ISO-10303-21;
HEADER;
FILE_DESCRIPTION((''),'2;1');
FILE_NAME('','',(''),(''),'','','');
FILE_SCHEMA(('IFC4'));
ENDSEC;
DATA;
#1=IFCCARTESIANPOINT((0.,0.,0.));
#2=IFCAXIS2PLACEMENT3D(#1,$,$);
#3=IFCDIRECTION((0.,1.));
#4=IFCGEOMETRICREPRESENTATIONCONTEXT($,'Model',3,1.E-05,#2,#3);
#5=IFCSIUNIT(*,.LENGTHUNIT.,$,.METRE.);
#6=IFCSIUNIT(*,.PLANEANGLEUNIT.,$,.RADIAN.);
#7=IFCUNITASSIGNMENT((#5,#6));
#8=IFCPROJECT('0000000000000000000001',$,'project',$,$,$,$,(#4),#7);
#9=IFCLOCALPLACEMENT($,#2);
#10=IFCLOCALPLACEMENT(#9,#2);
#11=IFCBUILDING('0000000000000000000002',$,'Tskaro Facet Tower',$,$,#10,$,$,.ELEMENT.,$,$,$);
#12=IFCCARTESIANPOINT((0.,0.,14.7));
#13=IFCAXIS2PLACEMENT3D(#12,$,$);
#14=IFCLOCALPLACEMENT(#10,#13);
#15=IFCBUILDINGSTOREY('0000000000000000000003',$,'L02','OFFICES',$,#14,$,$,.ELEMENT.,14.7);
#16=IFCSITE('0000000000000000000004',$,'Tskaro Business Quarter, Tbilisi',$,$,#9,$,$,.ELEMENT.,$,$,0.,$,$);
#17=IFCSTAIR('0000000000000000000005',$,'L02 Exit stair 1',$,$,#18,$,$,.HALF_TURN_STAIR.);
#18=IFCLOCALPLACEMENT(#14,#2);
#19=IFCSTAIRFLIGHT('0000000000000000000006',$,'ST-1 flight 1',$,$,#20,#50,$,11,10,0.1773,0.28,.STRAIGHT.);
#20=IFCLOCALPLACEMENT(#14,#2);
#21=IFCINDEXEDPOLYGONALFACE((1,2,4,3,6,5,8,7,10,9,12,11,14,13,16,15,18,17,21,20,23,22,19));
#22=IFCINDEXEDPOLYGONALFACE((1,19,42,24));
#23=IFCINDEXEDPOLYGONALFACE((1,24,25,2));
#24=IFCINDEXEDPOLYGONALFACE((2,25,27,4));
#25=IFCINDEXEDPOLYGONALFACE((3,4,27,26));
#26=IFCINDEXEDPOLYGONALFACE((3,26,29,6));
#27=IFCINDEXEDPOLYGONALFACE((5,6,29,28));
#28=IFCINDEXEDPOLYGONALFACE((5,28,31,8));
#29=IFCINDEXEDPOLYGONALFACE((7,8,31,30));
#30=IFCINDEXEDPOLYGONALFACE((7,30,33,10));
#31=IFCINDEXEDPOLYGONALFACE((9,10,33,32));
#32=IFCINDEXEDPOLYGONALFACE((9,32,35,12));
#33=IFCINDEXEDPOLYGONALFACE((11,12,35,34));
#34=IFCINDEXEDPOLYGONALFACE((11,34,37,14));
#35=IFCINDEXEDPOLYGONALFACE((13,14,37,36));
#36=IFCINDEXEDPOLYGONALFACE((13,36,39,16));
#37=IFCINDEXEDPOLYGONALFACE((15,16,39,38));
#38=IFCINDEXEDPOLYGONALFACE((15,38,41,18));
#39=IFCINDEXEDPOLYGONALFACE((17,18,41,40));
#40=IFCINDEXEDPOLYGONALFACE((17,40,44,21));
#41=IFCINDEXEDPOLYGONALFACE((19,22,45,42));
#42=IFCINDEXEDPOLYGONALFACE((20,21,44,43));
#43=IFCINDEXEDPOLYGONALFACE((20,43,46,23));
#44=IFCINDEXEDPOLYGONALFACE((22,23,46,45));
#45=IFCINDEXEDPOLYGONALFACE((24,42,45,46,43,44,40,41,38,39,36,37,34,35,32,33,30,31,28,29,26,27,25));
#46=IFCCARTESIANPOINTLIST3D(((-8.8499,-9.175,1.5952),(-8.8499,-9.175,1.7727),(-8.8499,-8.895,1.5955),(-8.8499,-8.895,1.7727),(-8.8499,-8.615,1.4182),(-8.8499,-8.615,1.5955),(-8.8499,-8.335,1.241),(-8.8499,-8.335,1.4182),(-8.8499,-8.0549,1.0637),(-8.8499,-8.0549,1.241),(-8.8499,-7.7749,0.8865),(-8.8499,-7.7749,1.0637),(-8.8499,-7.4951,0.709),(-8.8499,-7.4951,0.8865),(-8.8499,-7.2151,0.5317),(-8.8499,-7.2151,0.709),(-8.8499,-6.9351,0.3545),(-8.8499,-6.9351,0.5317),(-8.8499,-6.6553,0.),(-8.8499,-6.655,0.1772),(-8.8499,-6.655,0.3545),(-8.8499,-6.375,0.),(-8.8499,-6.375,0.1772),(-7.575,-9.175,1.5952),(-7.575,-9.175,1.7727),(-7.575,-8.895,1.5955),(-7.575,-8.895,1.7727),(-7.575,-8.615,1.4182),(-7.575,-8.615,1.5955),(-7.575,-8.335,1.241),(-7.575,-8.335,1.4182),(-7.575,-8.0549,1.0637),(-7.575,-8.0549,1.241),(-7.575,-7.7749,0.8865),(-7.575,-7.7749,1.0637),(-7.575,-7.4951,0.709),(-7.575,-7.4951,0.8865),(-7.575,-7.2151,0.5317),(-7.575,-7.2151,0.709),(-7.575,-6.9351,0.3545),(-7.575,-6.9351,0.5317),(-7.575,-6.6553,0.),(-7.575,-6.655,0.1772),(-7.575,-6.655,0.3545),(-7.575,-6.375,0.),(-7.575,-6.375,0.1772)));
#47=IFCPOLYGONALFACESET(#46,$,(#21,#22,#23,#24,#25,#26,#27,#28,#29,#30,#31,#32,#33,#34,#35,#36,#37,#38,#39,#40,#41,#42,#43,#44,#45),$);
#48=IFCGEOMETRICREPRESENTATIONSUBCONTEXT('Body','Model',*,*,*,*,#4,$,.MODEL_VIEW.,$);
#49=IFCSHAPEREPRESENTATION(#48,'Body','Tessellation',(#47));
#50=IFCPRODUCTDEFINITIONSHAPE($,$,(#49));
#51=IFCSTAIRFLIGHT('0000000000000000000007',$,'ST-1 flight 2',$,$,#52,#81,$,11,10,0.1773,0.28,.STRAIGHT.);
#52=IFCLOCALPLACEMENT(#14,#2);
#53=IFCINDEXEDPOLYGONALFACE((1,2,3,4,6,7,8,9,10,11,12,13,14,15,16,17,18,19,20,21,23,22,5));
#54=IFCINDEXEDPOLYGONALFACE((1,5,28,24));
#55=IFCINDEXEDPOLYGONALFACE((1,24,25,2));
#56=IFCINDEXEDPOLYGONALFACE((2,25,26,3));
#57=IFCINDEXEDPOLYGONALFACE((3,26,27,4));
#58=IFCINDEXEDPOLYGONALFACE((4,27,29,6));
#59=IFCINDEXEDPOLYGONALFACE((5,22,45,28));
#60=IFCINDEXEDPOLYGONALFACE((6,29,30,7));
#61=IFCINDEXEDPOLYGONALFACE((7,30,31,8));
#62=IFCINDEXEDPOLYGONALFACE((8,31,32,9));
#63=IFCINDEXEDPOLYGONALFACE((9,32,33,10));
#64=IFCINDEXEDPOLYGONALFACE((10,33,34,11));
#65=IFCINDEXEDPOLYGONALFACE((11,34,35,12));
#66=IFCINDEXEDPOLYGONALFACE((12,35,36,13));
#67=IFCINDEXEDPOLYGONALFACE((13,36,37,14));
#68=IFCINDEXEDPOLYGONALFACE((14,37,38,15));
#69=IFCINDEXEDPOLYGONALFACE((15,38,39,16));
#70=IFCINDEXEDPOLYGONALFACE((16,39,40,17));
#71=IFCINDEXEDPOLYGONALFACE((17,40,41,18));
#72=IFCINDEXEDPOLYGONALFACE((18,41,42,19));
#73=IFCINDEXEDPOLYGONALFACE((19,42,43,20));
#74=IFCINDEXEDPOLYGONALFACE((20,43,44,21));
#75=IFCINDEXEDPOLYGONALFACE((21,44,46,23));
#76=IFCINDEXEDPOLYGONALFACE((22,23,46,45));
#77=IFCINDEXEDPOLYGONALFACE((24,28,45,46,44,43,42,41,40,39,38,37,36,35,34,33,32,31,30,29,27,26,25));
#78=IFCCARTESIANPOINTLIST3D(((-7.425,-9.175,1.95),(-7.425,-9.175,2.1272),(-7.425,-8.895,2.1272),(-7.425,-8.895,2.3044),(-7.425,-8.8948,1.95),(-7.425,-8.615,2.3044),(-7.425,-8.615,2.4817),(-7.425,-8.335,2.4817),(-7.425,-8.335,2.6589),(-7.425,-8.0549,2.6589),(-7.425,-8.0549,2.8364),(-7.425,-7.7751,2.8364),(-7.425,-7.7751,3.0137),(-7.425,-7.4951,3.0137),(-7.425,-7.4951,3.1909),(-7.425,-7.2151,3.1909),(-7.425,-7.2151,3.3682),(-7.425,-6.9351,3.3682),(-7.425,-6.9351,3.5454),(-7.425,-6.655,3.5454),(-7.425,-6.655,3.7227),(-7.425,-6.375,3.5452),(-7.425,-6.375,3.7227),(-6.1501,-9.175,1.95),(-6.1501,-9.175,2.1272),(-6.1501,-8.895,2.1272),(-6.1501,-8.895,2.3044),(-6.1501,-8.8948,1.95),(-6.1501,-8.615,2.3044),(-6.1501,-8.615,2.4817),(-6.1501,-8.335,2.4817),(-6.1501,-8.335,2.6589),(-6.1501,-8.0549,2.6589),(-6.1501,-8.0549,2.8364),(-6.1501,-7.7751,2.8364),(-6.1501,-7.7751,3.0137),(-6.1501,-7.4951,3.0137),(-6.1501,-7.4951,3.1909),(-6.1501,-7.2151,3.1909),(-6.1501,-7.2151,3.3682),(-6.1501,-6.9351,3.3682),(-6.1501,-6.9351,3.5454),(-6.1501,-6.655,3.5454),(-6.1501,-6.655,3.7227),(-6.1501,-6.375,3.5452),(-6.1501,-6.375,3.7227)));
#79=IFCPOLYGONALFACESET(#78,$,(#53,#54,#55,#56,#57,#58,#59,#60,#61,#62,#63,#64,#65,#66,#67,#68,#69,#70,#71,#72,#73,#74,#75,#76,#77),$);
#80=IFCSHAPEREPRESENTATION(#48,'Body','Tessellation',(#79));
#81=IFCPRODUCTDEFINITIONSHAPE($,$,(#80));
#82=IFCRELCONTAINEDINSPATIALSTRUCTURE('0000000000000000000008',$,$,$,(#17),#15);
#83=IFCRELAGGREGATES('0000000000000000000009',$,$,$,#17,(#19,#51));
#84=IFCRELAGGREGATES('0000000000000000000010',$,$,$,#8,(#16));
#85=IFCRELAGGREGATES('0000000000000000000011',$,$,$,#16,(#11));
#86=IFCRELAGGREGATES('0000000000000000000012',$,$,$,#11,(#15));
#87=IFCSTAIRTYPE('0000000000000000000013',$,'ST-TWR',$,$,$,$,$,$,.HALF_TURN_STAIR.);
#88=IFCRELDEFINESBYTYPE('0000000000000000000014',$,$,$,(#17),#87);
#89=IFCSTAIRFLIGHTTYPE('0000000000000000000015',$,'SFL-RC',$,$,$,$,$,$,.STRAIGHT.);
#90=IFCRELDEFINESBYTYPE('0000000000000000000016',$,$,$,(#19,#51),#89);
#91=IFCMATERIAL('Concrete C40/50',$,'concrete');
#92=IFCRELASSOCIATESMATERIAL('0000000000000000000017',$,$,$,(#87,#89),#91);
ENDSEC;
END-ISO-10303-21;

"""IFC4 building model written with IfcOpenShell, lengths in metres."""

from ifc_helpers import new_model, si_unit, direction, frame, origin, place, context, subcontext, project, spatial, polyline, outline, extrude, material, type_object, element, aggregate, save


model = new_model("IFC4")

# Units and contexts
model_context = context("Model", 3, precision=1e-05, world=origin(), true_north=direction((0.0, 1.0)))
body_context = subcontext(model_context, "Body", "Model", "MODEL_VIEW")
ifc_project = project(units=[si_unit("LENGTHUNIT", "METRE"), si_unit("PLANEANGLEUNIT", "RADIAN")], contexts=[model_context])

# Site, building, storey
site_placement = place(None, origin())
site = spatial("IfcSite", under=ifc_project, at=site_placement, Name="Tskaro Business Quarter, Tbilisi", CompositionType="ELEMENT", RefElevation=0.0)
building_placement = place(site_placement, origin())
building = spatial("IfcBuilding", under=site, at=building_placement, Name="Tskaro Facet Tower", CompositionType="ELEMENT")
storey_placement = place(building_placement, frame((0.0, 0.0, 14.7)))
storey = spatial("IfcBuildingStorey", under=building, at=storey_placement, Name="L02", Description="OFFICES", CompositionType="ELEMENT", Elevation=14.7)

# Stair, stair flights
ifc_material_1 = material(Name="Concrete C40/50", Category="concrete")
stair_type = type_object("IfcStairType", Name="ST-TWR", PredefinedType="HALF_TURN_STAIR", material=ifc_material_1)
stair_placement = place(storey_placement, origin())
stair = element("IfcStair", 1, at=stair_placement, inside=storey, type_object=stair_type, Name="L02 Exit stair 1", PredefinedType="HALF_TURN_STAIR")
stair_flight_type = type_object("IfcStairFlightType", Name="SFL-RC", PredefinedType="STRAIGHT", material=ifc_material_1)
stair_flight_1_placement = place(storey_placement, frame((-8.2124, -6.375, 0.0), z_axis=(0.0, 0.0, 1.0), x_axis=(0.0, -1.0, 0.0)))
stair_flight_1 = element("IfcStairFlight", 2, at=stair_flight_1_placement, type_object=stair_flight_type, Name="ST-1 flight 1", NumberOfRisers=11, NumberOfTreads=10, PredefinedType="STRAIGHT", RiserHeight=0.1773, TreadLength=0.28, context=body_context, shape_type="SweptSolid", body=[
    extrude(outline(polyline([(0.0, 0.0), (0.0, 0.1772), (0.28, 0.1772), (0.28, 0.3545), (0.5601, 0.3545), (0.5601, 0.5317), (0.8401, 0.5317), (0.8401, 0.709), (1.1201, 0.709), (1.1201, 0.8865), (1.3999, 0.8865), (1.3999, 1.0637), (1.6799, 1.0637), (1.6799, 1.241), (1.96, 1.241), (1.96, 1.4182), (2.24, 1.4182), (2.24, 1.5955), (2.52, 1.5955), (2.52, 1.7727), (2.8, 1.7727), (2.8, 1.95), (2.8, 1.5952), (0.2803, 0.0), (0.0, 0.0)])), frame((0.0, 0.6375, 0.0), z_axis=(0.0, -1.0, 0.0), x_axis=(1.0, 0.0, 0.0)), (0.0, 0.0, 1.0), 1.2749),
])
stair_flight_2_placement = place(storey_placement, frame((-6.7876, -9.175, 1.95), z_axis=(0.0, 0.0, 1.0), x_axis=(0.0, 1.0, 0.0)))
stair_flight_2 = element("IfcStairFlight", 3, at=stair_flight_2_placement, type_object=stair_flight_type, Name="ST-1 flight 2", NumberOfRisers=11, NumberOfTreads=10, PredefinedType="STRAIGHT", RiserHeight=0.1773, TreadLength=0.28, context=body_context, shape_type="SweptSolid", body=[
    extrude(outline(polyline([(0.0, 0.0), (0.0, 0.1772), (0.28, 0.1772), (0.28, 0.3545), (0.5601, 0.3545), (0.5601, 0.5317), (0.8401, 0.5317), (0.8401, 0.709), (1.1201, 0.709), (1.1201, 0.8865), (1.3999, 0.8865), (1.3999, 1.0637), (1.6799, 1.0637), (1.6799, 1.241), (1.96, 1.241), (1.96, 1.4182), (2.24, 1.4182), (2.24, 1.5955), (2.52, 1.5955), (2.52, 1.7727), (2.8, 1.7727), (2.8, 1.95), (2.8, 1.5952), (0.2803, 0.0), (0.0, 0.0)])), frame((0.0, 0.6375, 0.0), z_axis=(0.0, -1.0, 0.0), x_axis=(1.0, 0.0, 0.0)), (0.0, 0.0, 1.0), 1.2749),
])
aggregate(stair, [stair_flight_1, stair_flight_2])

save(model, "model.ifc")
